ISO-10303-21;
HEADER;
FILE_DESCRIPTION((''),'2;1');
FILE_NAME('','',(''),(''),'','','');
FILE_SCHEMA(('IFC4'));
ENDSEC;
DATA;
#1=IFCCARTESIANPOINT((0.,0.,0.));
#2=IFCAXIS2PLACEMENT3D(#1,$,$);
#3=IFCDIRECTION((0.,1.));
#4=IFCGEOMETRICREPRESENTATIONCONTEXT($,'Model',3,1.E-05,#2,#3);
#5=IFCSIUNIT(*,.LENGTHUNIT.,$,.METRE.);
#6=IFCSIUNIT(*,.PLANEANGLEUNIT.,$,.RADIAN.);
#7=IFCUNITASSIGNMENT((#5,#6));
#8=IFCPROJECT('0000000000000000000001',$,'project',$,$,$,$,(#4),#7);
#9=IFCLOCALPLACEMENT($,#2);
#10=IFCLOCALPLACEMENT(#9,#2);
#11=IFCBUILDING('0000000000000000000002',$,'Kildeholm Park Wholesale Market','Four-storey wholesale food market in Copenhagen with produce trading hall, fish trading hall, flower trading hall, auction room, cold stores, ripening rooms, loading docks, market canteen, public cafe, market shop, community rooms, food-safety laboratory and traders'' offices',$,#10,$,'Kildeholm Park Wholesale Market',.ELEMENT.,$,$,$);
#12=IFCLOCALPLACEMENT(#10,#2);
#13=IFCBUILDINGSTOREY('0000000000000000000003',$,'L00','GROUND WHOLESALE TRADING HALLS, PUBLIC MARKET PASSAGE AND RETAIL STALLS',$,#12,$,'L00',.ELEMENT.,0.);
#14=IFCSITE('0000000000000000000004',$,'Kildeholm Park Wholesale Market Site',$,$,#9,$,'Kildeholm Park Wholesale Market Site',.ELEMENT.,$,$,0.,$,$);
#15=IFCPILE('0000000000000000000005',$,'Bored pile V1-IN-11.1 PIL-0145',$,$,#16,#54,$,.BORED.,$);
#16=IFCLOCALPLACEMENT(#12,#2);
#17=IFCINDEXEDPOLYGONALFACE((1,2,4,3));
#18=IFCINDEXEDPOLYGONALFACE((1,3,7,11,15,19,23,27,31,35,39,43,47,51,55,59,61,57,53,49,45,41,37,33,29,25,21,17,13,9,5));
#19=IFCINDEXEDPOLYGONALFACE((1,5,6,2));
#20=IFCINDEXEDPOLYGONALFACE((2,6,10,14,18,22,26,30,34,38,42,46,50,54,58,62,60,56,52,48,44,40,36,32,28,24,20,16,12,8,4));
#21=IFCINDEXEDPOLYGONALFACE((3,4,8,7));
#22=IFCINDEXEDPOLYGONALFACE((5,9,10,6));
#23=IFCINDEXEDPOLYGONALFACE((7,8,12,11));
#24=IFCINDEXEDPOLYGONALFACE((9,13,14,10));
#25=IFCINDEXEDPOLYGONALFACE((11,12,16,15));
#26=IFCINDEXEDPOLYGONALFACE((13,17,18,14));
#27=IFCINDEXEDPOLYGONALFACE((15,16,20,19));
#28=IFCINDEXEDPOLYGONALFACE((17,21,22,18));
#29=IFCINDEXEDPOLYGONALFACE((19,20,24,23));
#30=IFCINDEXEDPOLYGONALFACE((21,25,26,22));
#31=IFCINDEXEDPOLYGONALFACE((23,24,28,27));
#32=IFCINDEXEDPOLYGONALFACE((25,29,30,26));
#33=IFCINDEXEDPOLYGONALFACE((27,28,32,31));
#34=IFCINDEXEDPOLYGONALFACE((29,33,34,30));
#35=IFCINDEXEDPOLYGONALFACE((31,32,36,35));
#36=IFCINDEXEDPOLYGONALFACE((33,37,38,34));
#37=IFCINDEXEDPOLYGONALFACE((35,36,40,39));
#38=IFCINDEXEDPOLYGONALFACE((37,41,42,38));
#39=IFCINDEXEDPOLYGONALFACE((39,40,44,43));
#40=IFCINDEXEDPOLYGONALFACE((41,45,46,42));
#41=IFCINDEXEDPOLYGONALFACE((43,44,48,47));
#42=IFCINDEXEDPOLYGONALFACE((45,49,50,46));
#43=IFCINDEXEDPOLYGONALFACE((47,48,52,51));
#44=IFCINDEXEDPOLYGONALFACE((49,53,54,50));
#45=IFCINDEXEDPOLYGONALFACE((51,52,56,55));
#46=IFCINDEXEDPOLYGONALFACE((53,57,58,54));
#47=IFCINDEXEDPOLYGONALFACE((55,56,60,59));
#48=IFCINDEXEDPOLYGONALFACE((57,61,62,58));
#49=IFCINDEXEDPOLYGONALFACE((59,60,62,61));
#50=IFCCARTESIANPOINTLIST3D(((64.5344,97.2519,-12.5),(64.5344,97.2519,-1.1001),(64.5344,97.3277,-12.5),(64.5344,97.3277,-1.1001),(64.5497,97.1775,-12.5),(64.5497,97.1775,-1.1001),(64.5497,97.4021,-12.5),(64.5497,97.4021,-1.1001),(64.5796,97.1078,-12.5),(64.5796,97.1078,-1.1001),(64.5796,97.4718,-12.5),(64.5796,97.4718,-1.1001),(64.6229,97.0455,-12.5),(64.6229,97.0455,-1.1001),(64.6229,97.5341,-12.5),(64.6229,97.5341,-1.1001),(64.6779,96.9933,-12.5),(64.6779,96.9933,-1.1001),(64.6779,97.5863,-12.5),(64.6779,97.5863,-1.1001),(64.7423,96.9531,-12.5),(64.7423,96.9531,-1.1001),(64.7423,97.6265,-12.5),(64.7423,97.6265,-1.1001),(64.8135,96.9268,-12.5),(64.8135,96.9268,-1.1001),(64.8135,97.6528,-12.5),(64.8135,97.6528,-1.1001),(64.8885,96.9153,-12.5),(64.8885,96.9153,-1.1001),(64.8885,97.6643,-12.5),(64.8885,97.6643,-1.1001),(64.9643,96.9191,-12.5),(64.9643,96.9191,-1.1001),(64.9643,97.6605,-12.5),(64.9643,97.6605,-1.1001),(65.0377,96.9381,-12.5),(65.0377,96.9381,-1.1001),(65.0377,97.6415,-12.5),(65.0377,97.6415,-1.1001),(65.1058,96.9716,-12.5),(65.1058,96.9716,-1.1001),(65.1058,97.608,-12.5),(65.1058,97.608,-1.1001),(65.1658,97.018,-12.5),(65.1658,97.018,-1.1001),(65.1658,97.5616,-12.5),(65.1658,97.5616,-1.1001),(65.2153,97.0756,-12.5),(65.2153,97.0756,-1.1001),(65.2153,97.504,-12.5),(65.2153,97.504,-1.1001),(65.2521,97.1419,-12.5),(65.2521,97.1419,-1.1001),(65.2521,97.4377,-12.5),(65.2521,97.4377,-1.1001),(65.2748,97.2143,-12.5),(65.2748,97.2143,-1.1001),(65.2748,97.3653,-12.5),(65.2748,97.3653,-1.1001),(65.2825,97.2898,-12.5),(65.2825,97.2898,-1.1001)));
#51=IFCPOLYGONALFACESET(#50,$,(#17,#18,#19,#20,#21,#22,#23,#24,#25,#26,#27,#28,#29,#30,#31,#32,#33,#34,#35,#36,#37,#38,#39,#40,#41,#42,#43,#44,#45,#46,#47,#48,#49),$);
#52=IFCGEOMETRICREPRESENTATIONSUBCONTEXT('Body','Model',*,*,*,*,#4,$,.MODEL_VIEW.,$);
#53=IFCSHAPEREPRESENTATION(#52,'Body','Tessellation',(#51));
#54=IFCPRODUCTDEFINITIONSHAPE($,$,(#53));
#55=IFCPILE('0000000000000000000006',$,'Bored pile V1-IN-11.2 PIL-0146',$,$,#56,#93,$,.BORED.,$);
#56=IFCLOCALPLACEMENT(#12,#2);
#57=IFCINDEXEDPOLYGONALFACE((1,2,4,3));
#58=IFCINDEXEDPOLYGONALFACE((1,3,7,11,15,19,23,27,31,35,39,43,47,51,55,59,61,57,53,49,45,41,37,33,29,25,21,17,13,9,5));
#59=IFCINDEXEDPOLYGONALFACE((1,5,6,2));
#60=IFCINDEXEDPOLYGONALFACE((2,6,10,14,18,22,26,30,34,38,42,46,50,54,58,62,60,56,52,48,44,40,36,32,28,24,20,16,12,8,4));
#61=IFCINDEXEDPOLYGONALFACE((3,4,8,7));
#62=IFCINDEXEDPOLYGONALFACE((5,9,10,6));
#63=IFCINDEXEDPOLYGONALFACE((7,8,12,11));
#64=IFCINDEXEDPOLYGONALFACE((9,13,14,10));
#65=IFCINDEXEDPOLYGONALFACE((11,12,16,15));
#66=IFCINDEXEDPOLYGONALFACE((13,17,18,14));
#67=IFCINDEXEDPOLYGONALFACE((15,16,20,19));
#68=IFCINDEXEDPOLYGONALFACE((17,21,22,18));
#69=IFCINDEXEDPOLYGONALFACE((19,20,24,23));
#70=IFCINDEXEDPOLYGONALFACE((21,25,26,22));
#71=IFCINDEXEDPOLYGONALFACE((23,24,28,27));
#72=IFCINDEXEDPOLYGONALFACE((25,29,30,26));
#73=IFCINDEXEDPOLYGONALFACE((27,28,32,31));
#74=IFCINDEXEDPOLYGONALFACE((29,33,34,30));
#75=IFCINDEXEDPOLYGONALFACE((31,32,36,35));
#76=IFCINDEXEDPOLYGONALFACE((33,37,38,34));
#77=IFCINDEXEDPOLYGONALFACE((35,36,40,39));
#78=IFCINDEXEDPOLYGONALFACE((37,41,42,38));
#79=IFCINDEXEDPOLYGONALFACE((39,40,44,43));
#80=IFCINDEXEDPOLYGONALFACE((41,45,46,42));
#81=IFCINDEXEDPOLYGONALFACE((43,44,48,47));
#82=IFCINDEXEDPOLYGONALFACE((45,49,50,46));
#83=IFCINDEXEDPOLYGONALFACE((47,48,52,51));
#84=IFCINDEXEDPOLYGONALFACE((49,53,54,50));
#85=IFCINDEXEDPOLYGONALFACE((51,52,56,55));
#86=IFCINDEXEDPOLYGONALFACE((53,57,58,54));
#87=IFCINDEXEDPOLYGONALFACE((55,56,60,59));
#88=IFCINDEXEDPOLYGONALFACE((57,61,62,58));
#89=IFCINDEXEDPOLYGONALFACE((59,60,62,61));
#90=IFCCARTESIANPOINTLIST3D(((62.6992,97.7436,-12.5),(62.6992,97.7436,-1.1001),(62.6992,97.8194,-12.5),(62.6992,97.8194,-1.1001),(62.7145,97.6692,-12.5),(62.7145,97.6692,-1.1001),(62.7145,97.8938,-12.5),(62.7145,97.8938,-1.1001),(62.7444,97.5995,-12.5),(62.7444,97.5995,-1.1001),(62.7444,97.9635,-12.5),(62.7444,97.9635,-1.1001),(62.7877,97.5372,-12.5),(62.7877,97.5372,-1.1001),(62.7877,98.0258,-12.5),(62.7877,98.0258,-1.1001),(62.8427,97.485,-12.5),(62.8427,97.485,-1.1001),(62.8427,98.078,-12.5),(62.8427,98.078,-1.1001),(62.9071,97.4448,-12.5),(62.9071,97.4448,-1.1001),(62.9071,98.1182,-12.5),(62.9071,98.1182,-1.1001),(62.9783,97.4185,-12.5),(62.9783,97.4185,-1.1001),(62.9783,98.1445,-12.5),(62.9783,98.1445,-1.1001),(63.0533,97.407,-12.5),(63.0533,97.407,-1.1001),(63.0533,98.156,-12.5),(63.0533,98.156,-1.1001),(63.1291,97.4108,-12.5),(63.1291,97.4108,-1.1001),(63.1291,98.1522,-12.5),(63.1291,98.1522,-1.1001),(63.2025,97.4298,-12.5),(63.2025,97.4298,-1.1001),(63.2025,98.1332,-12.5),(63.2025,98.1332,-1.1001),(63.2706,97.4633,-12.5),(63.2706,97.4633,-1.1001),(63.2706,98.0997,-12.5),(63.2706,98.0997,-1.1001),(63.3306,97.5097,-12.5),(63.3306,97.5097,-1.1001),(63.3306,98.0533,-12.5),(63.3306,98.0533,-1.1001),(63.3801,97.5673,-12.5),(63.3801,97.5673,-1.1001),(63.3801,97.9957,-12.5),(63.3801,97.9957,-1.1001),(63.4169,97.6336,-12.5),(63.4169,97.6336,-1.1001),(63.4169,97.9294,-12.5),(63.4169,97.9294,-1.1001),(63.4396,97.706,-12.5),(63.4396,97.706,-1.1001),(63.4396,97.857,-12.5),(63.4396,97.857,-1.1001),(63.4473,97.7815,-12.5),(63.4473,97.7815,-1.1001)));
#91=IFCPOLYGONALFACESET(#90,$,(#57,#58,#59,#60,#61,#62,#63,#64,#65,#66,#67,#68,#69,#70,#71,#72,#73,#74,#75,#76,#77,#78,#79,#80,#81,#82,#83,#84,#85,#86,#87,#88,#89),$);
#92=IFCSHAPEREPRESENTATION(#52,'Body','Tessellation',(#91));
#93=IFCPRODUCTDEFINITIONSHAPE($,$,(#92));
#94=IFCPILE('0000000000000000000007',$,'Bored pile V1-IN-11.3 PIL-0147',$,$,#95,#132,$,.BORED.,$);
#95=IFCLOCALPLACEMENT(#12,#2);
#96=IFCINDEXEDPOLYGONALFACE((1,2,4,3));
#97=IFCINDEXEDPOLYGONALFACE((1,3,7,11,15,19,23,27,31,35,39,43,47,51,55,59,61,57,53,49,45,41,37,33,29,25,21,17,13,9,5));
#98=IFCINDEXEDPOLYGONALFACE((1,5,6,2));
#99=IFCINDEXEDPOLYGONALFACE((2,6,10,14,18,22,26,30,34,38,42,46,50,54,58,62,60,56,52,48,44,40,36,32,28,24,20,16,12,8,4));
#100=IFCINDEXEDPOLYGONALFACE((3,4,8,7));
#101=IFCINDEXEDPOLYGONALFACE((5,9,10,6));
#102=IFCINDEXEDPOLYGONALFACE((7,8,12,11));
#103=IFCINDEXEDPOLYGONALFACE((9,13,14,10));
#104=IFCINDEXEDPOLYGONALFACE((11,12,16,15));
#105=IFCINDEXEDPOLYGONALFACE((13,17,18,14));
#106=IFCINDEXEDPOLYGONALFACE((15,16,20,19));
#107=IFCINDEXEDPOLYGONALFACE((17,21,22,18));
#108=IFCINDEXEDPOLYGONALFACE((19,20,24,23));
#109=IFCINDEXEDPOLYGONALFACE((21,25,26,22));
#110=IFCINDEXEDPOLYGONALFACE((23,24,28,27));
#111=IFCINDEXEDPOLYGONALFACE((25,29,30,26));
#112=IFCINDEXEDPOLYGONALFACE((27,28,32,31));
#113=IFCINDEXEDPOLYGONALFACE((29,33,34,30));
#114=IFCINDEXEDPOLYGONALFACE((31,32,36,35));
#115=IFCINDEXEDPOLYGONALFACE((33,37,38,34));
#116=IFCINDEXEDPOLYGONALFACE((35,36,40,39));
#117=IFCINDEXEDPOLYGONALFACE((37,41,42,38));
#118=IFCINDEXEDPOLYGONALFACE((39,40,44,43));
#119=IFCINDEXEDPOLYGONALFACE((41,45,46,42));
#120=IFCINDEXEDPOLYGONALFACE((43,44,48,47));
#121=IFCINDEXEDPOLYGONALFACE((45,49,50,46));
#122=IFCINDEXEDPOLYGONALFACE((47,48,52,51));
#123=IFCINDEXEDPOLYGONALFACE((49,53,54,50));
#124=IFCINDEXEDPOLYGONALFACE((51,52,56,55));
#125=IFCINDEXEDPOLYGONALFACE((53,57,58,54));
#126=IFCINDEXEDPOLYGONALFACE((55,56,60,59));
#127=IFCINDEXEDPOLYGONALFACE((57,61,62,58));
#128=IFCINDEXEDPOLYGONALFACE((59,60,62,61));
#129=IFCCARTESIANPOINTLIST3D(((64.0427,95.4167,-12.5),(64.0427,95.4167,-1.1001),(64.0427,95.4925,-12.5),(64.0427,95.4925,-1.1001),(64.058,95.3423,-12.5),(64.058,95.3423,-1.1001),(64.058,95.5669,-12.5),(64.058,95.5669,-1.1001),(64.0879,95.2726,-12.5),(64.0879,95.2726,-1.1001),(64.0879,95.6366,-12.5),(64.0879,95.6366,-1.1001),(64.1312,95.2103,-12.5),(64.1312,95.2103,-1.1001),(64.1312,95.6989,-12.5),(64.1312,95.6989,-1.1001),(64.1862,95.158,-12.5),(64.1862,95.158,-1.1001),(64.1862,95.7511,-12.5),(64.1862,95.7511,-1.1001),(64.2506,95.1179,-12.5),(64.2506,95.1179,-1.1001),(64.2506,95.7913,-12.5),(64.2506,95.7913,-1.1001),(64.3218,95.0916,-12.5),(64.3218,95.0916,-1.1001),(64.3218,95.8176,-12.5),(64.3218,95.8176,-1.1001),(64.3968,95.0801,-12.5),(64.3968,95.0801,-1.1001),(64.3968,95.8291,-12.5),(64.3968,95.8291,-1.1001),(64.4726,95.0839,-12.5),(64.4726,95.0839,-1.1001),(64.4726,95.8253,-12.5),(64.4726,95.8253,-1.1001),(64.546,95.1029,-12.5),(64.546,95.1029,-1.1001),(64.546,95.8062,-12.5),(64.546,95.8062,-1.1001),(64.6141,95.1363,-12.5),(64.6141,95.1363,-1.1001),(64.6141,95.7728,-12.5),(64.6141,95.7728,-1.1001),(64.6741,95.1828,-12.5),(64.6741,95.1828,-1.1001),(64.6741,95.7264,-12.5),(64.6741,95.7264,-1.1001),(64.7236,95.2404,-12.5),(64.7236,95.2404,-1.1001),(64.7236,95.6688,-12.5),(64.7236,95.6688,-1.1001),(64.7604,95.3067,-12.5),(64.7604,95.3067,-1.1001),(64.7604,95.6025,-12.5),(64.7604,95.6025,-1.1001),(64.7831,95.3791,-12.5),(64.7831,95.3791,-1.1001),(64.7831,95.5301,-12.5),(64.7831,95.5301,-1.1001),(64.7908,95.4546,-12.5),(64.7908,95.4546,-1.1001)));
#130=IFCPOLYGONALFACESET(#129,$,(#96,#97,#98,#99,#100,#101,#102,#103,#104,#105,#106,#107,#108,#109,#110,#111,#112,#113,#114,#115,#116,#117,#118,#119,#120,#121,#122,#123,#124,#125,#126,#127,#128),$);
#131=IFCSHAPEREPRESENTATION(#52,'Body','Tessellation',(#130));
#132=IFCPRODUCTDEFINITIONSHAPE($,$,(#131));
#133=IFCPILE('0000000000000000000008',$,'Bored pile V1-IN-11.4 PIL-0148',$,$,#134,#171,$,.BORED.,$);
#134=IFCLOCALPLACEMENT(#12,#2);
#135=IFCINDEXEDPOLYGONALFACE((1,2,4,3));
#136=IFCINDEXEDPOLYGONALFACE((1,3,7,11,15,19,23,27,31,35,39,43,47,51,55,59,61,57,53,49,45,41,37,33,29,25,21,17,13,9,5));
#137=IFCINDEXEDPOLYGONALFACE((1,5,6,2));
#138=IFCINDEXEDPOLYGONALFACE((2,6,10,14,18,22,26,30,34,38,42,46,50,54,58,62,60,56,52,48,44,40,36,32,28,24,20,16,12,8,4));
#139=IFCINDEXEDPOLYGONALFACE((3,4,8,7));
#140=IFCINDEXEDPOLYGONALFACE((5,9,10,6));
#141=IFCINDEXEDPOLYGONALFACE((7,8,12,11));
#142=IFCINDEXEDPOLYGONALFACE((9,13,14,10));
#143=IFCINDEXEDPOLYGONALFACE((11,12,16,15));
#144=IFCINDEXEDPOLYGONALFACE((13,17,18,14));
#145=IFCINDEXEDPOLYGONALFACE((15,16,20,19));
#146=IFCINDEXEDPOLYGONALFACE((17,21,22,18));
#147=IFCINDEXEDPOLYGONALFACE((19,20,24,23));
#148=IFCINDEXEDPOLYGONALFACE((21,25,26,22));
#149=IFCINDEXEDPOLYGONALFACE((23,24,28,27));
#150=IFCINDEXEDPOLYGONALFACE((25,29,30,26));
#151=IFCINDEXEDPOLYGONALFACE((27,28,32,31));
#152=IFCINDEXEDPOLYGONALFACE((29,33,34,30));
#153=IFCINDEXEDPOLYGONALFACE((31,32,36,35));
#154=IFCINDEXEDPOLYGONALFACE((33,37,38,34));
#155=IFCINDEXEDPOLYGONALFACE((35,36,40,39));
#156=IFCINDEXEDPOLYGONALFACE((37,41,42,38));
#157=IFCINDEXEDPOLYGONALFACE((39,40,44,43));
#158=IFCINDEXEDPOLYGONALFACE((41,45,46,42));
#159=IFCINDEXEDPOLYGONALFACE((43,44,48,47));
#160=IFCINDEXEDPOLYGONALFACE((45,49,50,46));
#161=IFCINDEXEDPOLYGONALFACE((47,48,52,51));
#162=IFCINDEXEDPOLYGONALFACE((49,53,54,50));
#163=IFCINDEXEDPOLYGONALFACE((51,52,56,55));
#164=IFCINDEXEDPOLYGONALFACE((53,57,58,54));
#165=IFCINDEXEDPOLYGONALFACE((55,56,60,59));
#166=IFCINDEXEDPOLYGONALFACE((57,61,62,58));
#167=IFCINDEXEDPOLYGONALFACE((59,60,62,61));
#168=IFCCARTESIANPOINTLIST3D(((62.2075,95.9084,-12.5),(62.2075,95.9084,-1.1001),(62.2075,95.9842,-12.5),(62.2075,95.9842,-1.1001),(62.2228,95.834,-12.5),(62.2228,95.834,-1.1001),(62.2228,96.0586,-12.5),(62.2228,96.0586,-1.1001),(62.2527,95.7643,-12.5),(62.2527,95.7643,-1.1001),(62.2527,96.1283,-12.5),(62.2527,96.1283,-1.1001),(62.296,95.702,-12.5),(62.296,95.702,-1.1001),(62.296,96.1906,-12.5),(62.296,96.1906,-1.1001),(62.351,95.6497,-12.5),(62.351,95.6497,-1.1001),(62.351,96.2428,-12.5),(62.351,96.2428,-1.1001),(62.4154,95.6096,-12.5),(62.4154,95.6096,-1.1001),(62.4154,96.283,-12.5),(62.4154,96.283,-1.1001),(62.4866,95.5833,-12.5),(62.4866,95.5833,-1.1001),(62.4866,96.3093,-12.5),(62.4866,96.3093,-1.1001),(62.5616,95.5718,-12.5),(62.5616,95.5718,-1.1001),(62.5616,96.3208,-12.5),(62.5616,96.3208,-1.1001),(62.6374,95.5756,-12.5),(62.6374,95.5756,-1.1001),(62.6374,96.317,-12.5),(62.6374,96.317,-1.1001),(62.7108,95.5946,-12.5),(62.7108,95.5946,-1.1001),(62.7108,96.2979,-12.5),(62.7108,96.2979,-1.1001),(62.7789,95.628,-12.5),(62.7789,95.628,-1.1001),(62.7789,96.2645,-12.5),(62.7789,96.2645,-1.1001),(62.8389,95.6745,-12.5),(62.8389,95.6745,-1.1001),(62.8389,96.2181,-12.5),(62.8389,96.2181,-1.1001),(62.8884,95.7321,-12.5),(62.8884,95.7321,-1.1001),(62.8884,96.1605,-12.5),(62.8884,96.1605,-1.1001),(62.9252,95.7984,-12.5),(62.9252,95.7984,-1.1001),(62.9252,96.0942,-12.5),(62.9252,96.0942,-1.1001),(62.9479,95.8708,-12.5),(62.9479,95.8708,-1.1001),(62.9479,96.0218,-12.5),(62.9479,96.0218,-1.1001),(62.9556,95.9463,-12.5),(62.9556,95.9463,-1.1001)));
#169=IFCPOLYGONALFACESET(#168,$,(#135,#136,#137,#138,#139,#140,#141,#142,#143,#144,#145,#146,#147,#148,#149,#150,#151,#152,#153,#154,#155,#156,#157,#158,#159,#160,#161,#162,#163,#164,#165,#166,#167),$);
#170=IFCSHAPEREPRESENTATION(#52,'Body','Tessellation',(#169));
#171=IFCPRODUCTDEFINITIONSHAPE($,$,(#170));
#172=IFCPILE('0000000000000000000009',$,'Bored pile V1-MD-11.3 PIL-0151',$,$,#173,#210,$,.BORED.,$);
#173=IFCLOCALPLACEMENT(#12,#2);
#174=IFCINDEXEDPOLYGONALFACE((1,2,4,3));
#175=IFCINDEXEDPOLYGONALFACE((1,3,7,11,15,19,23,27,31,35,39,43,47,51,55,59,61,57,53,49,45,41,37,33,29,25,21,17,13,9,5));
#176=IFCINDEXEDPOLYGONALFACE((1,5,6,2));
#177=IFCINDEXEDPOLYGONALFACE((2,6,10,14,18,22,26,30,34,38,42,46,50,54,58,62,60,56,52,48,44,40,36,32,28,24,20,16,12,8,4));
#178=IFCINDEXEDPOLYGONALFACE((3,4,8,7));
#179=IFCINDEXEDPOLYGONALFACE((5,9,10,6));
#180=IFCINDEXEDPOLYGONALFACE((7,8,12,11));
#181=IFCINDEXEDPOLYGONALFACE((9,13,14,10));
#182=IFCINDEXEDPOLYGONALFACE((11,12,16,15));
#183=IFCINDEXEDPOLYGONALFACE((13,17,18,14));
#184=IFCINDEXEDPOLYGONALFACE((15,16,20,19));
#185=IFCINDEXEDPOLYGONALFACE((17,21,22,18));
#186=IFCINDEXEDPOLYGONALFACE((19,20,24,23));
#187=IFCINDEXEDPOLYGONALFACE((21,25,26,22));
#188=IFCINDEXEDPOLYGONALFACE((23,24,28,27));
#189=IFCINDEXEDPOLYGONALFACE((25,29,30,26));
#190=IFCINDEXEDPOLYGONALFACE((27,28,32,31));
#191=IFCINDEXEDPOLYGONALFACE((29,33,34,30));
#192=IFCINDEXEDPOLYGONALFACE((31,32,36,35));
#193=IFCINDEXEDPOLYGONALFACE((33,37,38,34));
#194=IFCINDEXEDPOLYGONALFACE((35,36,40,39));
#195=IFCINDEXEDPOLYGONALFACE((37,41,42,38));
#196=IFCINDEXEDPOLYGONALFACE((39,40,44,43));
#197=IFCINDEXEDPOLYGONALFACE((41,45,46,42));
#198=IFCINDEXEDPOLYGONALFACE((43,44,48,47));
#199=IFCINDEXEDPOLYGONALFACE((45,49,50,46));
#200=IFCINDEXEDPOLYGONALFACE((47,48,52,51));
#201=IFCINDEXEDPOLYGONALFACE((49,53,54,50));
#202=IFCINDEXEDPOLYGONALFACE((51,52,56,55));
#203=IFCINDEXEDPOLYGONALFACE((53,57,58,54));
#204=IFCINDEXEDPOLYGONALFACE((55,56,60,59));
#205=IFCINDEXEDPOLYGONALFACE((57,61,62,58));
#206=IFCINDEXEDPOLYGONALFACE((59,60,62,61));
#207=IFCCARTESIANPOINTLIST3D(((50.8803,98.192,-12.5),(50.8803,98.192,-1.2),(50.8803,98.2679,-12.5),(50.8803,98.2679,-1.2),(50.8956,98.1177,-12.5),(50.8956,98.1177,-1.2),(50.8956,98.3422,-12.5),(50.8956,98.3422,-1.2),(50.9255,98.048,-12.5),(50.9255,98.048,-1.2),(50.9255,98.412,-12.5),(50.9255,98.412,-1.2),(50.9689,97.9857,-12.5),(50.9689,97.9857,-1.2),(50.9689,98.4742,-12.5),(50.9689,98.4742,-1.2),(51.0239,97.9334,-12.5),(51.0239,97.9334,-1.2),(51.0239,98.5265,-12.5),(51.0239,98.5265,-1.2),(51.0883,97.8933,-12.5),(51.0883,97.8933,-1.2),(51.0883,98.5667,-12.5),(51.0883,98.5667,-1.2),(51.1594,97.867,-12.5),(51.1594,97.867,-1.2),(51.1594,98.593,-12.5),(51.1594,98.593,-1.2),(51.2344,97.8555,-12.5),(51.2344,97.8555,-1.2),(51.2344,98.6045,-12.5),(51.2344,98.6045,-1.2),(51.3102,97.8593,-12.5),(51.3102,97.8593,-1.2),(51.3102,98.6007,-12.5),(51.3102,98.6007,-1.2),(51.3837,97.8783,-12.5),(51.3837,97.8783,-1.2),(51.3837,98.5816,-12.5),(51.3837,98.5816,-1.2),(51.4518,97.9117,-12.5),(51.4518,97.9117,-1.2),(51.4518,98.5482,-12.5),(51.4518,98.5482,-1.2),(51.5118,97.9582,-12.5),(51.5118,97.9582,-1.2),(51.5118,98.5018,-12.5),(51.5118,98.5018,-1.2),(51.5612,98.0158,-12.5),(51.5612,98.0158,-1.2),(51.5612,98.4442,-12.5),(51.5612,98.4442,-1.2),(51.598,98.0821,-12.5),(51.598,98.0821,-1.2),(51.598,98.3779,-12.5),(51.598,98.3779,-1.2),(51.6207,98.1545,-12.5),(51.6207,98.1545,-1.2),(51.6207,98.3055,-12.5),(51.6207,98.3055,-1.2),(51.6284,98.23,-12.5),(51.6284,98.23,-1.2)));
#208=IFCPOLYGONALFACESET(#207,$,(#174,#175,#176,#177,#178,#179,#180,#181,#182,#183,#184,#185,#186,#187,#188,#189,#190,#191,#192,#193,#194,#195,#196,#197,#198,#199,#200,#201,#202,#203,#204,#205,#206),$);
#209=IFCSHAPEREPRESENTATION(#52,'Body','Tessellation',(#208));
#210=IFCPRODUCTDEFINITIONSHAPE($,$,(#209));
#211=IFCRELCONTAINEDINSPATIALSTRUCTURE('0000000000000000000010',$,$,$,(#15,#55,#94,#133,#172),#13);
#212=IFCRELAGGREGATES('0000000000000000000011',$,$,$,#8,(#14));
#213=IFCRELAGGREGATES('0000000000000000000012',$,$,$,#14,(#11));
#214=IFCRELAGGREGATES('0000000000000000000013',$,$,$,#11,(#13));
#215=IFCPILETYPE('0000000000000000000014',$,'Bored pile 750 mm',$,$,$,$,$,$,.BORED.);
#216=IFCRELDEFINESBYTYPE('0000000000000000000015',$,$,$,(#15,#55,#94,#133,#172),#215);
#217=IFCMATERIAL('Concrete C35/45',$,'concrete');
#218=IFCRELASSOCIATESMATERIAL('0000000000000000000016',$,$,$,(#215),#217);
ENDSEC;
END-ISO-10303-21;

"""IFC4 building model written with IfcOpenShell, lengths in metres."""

from ifc_helpers import new_model, si_unit, direction, frame, origin, origin_2d, place, context, subcontext, project, spatial, circle, extrude, material, material_profile, profile_set, type_object, element, save


model = new_model("IFC4")

# Units and contexts
model_context = context("Model", 3, precision=1e-05, world=origin(), true_north=direction((0.0, 1.0)))
body_context = subcontext(model_context, "Body", "Model", "MODEL_VIEW")
ifc_project = project(units=[si_unit("LENGTHUNIT", "METRE"), si_unit("PLANEANGLEUNIT", "RADIAN")], contexts=[model_context])

# Site, building, storey
site_placement = place(None, origin())
site = spatial("IfcSite", under=ifc_project, at=site_placement, Name="Kildeholm Park Wholesale Market Site", LongName="Kildeholm Park Wholesale Market Site", CompositionType="ELEMENT", RefElevation=0.0)
building_placement = place(site_placement, origin())
building = spatial("IfcBuilding", under=site, at=building_placement, Name="Kildeholm Park Wholesale Market", Description="Four-storey wholesale food market in Copenhagen with produce trading hall, fish trading hall, flower trading hall, auction room, cold stores, ripening rooms, loading docks, market canteen, public cafe, market shop, community rooms, food-safety laboratory and traders' offices", LongName="Kildeholm Park Wholesale Market", CompositionType="ELEMENT")
storey_placement = place(building_placement, origin())
storey = spatial("IfcBuildingStorey", under=building, at=storey_placement, Name="L00", Description="GROUND WHOLESALE TRADING HALLS, PUBLIC MARKET PASSAGE AND RETAIL STALLS", LongName="L00", CompositionType="ELEMENT", Elevation=0.0)

# Piles
ifc_material_1 = material(Name="Concrete C35/45", Category="concrete")
ifc_material_profile_1 = material_profile(ifc_material_1, circle(Radius=0.375, at=origin_2d()), Name="PILE D750")
ifc_profile_set_1 = profile_set([ifc_material_profile_1], Name="Concrete C35/45")
pile_type = type_object("IfcPileType", Name="Bored pile 750 mm", PredefinedType="BORED", material=ifc_profile_set_1)
for number, where, z_axis, x_axis, name in (
    (1, (64.9075, 97.2898, -1.1001), (0.0, 0.0, -1.0), (1.0, 0.0, 0.0), "Bored pile V1-IN-11.1 PIL-0145"),
    (2, (63.0723, 97.7815, -1.1001), (0.0, 0.0, -1.0), (1.0, 0.0, 0.0), "Bored pile V1-IN-11.2 PIL-0146"),
    (3, (64.4158, 95.4546, -1.1001), (0.0, 0.0, -1.0), (1.0, 0.0, 0.0), "Bored pile V1-IN-11.3 PIL-0147"),
    (4, (62.5806, 95.9463, -1.1001), (0.0, 0.0, -1.0), (1.0, 0.0, 0.0), "Bored pile V1-IN-11.4 PIL-0148"),
):
    element("IfcPile", number, at=place(storey_placement, frame(where, z_axis=z_axis, x_axis=x_axis)), inside=storey, type_object=pile_type, Name=name, PredefinedType="BORED", context=body_context, shape_type="SweptSolid", body=[
        extrude(circle(Radius=0.375, at=origin_2d()), origin(), (0.0, 0.0, 1.0), 11.3999),
    ])
pile_placement = place(storey_placement, frame((51.2534, 98.23, -1.2), z_axis=(0.0, 0.0, -1.0), x_axis=(1.0, 0.0, 0.0)))
element("IfcPile", 5, at=pile_placement, inside=storey, type_object=pile_type, Name="Bored pile V1-MD-11.3 PIL-0151", PredefinedType="BORED", context=body_context, shape_type="SweptSolid", body=[
    extrude(circle(Radius=0.375, at=origin_2d()), origin(), (0.0, 0.0, 1.0), 11.3),
])

save(model, "model.ifc")
